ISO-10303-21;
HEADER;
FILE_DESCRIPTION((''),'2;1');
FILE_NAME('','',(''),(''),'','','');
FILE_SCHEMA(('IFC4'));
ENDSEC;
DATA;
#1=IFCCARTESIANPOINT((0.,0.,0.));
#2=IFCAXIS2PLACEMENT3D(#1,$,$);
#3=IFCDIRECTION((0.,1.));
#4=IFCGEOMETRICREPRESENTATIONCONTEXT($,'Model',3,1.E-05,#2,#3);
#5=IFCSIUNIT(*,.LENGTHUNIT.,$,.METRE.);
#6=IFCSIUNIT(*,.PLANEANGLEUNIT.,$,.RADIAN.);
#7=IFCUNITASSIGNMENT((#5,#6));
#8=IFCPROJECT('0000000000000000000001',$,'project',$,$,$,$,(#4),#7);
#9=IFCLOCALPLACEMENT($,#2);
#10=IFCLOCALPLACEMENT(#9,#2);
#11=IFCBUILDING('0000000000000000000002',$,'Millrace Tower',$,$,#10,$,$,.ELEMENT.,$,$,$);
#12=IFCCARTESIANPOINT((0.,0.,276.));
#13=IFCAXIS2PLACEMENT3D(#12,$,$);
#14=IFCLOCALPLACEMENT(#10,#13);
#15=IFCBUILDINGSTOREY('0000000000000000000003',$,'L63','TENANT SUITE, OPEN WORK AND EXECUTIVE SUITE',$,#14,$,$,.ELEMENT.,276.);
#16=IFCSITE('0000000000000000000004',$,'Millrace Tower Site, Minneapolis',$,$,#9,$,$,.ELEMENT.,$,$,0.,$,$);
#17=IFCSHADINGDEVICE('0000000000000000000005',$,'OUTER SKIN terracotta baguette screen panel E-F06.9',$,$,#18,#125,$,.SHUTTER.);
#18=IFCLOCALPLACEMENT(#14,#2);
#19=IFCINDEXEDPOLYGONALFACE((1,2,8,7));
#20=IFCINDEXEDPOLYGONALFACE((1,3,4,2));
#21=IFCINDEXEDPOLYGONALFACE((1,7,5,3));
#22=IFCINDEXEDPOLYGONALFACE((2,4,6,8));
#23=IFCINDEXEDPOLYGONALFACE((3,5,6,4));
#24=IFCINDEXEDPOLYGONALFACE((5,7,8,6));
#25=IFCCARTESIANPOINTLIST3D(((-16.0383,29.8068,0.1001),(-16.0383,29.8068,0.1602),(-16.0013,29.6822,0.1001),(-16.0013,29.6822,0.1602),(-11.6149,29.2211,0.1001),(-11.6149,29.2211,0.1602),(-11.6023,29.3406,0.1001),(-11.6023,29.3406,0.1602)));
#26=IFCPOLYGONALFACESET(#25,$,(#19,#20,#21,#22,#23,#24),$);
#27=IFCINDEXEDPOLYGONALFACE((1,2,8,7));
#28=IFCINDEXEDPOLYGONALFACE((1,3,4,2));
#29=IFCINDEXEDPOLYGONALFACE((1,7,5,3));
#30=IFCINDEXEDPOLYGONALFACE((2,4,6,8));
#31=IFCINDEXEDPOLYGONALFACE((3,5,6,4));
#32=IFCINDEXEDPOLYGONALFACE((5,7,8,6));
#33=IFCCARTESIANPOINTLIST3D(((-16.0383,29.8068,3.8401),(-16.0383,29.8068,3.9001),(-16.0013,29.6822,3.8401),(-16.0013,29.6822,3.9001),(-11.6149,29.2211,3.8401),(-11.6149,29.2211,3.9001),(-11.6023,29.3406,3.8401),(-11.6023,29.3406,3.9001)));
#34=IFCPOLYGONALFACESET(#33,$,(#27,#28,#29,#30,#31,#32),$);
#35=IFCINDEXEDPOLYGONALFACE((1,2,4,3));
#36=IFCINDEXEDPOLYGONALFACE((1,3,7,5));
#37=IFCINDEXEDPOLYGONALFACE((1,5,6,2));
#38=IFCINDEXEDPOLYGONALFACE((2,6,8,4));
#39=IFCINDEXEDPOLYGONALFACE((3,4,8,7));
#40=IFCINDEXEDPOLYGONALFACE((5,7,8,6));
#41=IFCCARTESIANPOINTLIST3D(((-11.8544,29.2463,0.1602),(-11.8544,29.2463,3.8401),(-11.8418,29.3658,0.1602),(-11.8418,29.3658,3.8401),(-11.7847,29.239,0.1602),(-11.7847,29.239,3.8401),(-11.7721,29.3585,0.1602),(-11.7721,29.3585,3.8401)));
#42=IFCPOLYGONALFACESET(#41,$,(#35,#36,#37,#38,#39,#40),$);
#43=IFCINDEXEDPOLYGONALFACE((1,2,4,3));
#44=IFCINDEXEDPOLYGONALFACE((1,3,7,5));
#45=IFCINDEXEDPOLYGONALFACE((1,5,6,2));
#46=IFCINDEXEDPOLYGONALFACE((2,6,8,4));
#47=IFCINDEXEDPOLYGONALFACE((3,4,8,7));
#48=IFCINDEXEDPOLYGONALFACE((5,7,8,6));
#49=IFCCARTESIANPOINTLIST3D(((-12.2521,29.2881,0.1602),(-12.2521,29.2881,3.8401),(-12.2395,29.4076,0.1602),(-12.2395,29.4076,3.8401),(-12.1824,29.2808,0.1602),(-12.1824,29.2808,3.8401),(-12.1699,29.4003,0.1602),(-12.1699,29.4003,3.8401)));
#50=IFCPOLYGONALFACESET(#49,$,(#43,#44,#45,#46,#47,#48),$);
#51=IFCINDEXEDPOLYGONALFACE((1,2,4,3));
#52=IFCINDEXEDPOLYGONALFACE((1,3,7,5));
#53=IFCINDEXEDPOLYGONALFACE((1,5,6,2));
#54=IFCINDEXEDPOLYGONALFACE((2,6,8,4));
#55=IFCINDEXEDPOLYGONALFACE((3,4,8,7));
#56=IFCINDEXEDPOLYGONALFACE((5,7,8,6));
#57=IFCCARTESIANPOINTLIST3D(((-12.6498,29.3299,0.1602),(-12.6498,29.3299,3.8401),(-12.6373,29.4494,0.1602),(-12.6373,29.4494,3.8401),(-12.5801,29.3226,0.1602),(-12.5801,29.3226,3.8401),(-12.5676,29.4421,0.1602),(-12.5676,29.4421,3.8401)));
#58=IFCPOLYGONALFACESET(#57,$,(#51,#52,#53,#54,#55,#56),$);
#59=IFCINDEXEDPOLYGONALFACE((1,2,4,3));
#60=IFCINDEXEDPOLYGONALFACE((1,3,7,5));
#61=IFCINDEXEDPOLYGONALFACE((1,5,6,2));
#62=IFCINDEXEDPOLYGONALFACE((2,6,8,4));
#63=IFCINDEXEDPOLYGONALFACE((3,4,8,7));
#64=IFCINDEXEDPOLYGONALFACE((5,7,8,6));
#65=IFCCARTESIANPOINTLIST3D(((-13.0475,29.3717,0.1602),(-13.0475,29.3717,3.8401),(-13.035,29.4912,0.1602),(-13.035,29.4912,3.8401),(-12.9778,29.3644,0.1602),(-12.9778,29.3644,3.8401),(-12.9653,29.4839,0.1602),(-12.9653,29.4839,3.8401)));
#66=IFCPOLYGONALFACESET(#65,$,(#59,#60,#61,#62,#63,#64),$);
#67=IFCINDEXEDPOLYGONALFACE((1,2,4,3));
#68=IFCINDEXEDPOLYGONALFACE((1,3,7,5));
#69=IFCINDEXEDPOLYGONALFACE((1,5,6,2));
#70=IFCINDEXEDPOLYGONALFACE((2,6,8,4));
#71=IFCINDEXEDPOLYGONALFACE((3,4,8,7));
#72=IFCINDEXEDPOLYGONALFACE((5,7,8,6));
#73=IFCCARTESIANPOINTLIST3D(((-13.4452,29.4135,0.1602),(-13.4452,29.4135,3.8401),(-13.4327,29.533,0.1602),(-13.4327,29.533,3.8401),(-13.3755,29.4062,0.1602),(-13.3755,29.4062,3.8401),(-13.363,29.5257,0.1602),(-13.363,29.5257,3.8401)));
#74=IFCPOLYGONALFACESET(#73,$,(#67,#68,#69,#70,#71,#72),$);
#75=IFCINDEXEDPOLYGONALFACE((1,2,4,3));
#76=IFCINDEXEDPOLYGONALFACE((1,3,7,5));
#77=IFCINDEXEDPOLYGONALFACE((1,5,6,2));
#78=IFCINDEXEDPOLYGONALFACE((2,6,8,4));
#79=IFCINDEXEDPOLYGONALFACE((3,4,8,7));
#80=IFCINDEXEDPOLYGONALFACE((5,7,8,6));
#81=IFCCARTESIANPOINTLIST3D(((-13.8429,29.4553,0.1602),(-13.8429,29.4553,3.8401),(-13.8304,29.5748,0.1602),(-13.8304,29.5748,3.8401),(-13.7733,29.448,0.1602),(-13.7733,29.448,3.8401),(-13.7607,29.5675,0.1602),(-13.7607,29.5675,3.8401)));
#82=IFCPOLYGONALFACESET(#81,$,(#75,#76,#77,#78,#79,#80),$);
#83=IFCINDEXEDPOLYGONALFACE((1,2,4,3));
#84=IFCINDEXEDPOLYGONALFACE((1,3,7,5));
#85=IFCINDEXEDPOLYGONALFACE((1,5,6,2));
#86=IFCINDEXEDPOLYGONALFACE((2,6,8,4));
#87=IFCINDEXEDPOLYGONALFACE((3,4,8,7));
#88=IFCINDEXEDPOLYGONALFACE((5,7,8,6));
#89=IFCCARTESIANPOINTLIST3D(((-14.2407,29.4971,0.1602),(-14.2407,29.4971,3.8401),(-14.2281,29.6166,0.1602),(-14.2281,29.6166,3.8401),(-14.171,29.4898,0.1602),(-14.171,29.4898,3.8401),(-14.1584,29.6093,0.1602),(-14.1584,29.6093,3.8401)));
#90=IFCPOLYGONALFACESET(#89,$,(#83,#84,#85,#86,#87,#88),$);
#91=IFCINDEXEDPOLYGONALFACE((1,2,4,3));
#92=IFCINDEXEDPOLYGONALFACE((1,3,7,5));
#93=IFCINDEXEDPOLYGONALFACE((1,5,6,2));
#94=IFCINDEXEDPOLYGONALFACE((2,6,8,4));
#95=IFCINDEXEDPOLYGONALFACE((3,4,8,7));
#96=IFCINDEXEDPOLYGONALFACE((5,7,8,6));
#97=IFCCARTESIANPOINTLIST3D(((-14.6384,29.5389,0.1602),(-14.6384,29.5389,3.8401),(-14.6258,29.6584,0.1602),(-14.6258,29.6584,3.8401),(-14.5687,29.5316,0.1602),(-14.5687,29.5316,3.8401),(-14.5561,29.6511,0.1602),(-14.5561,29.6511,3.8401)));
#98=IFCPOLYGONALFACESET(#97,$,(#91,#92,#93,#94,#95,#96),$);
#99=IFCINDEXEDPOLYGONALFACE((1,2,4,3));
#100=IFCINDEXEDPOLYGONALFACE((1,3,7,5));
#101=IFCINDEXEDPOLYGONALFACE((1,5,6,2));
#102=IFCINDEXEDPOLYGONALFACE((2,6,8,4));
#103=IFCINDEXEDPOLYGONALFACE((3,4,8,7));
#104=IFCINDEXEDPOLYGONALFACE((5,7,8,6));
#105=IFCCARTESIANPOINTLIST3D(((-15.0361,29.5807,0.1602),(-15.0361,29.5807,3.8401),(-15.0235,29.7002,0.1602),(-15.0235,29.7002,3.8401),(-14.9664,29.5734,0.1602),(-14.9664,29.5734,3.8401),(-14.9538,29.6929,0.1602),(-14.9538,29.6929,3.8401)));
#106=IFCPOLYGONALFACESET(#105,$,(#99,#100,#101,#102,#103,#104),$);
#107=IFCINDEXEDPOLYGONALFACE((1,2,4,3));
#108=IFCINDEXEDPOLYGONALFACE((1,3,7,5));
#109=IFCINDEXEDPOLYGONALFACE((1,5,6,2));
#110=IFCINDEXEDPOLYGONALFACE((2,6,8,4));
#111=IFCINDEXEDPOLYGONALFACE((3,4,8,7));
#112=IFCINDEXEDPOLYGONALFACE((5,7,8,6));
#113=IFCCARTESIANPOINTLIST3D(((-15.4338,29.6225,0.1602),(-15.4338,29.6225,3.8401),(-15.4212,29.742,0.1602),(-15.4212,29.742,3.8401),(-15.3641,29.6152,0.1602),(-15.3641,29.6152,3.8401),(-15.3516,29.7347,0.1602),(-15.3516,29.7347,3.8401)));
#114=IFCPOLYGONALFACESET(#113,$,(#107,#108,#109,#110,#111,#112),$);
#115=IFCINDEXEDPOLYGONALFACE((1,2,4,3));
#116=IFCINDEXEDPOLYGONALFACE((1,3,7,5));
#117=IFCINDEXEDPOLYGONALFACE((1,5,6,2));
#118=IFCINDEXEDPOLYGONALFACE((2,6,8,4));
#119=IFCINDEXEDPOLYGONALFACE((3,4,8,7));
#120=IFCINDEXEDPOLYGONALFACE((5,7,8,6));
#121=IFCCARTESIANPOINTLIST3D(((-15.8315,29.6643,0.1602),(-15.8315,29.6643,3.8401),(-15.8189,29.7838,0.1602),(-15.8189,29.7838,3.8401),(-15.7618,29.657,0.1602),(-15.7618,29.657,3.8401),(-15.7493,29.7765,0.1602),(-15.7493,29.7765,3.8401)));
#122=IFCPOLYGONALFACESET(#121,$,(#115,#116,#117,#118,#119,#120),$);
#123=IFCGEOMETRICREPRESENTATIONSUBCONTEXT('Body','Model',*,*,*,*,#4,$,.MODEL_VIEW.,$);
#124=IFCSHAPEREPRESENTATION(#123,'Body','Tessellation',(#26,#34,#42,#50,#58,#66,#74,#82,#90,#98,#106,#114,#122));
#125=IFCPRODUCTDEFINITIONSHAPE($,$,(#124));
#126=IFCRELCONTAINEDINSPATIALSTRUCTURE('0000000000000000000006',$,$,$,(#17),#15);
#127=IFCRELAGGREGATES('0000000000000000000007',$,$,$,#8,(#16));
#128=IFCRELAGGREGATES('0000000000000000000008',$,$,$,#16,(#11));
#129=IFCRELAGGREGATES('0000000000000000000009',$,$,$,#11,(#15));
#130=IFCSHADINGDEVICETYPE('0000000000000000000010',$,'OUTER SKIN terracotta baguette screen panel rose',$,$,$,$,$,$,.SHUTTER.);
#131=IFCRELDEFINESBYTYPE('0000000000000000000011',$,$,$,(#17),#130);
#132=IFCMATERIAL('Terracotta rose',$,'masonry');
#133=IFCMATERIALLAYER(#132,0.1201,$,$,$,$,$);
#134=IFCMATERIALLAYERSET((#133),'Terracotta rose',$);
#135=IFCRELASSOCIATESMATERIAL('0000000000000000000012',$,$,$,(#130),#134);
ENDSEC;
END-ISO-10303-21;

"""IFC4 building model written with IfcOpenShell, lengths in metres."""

from ifc_helpers import new_model, entity, si_unit, direction, frame, frame_2d, origin, place, context, subcontext, project, spatial, rectangle, extrude, source, transform, mapped, material, layer, layer_set, type_object, element, save


model = new_model("IFC4")

# Units and contexts
model_context = context("Model", 3, precision=1e-05, world=origin(), true_north=direction((0.0, 1.0)))
body_context = subcontext(model_context, "Body", "Model", "MODEL_VIEW")
ifc_project = project(units=[si_unit("LENGTHUNIT", "METRE"), si_unit("PLANEANGLEUNIT", "RADIAN")], contexts=[model_context])

# Site, building, storey
site_placement = place(None, origin())
site = spatial("IfcSite", under=ifc_project, at=site_placement, Name="Millrace Tower Site, Minneapolis", CompositionType="ELEMENT", RefElevation=0.0)
building_placement = place(site_placement, origin())
building = spatial("IfcBuilding", under=site, at=building_placement, Name="Millrace Tower", CompositionType="ELEMENT")
storey_placement = place(building_placement, frame((0.0, 0.0, 276.0)))
storey = spatial("IfcBuildingStorey", under=building, at=storey_placement, Name="L63", Description="TENANT SUITE, OPEN WORK AND EXECUTIVE SUITE", CompositionType="ELEMENT", Elevation=276.0)

# Shading device
ifc_material_1 = material(Name="Terracotta rose", Category="masonry")
ifc_layer_1 = layer(ifc_material_1, 0.1201)
ifc_layer_set_1 = layer_set([ifc_layer_1], Name="Terracotta rose")
shading_device_type = type_object("IfcShadingDeviceType", Name="OUTER SKIN terracotta baguette screen panel rose", PredefinedType="SHUTTER", material=ifc_layer_set_1)
cartesian_point_1 = entity("IfcCartesianPoint", [-2.2178, 0.0601])
shared_polyline_1 = entity("IfcPolyline", [cartesian_point_1, entity("IfcCartesianPoint", [2.1929, 0.0601]), entity("IfcCartesianPoint", [2.2427, -0.0601]), entity("IfcCartesianPoint", [-2.2178, -0.0601]), cartesian_point_1])
shared_shape_1 = source(origin(), body_context, "Body", "SweptSolid", [
    entity("IfcExtrudedAreaSolid", entity("IfcArbitraryClosedProfileDef", "AREA", None, shared_polyline_1), entity("IfcAxis2Placement3D", entity("IfcCartesianPoint", [0.0, 0.0, 0.0])), entity("IfcDirection", [0.0, 0.0, 1.0]), 0.0601),
    entity("IfcExtrudedAreaSolid", entity("IfcArbitraryClosedProfileDef", "AREA", None, shared_polyline_1), entity("IfcAxis2Placement3D", entity("IfcCartesianPoint", [0.0, 0.0, 3.74])), entity("IfcDirection", [0.0, 0.0, 1.0]), 0.0601),
    extrude(rectangle(XDim=0.0701, YDim=0.1201, at=frame_2d((-2.012, 0.0))), frame((0.0, 0.0, 0.0601)), (0.0, 0.0, 1.0), 3.6799),
    extrude(rectangle(XDim=0.0701, YDim=0.1201, at=frame_2d((-1.6121, 0.0))), frame((0.0, 0.0, 0.0601)), (0.0, 0.0, 1.0), 3.6799),
    extrude(rectangle(XDim=0.0701, YDim=0.1201, at=frame_2d((-1.2122, 0.0))), frame((0.0, 0.0, 0.0601)), (0.0, 0.0, 1.0), 3.6799),
    extrude(rectangle(XDim=0.0701, YDim=0.1201, at=frame_2d((-0.8123, 0.0))), frame((0.0, 0.0, 0.0601)), (0.0, 0.0, 1.0), 3.6799),
    extrude(rectangle(XDim=0.0701, YDim=0.1201, at=frame_2d((-0.4124, 0.0))), frame((0.0, 0.0, 0.0601)), (0.0, 0.0, 1.0), 3.6799),
    extrude(rectangle(XDim=0.0701, YDim=0.1201, at=frame_2d((-0.0125, 0.0))), frame((0.0, 0.0, 0.0601)), (0.0, 0.0, 1.0), 3.6799),
    extrude(rectangle(XDim=0.0701, YDim=0.1201, at=frame_2d((0.3875, 0.0))), frame((0.0, 0.0, 0.0601)), (0.0, 0.0, 1.0), 3.6799),
    extrude(rectangle(XDim=0.0701, YDim=0.1201, at=frame_2d((0.7874, 0.0))), frame((0.0, 0.0, 0.0601)), (0.0, 0.0, 1.0), 3.6799),
    extrude(rectangle(XDim=0.0701, YDim=0.1201, at=frame_2d((1.1873, 0.0))), frame((0.0, 0.0, 0.0601)), (0.0, 0.0, 1.0), 3.6799),
    extrude(rectangle(XDim=0.0701, YDim=0.1201, at=frame_2d((1.5872, 0.0))), frame((0.0, 0.0, 0.0601)), (0.0, 0.0, 1.0), 3.6799),
    extrude(rectangle(XDim=0.0701, YDim=0.1201, at=frame_2d((1.9871, 0.0))), frame((0.0, 0.0, 0.0601)), (0.0, 0.0, 1.0), 3.6799),
])
shading_device_placement = place(storey_placement, frame((-13.8142, 29.5127, 0.1001), z_axis=(0.0, 0.0, 1.0), x_axis=(-0.994522, 0.104528, 0.0)))
element("IfcShadingDevice", 1, at=shading_device_placement, inside=storey, type_object=shading_device_type, Name="OUTER SKIN terracotta baguette screen panel E-F06.9", PredefinedType="SHUTTER", context=body_context, shape_type="MappedRepresentation", body=[
    mapped(shared_shape_1, transform((0.0, 0.0, 0.0), scale=1.0)),
])

save(model, "model.ifc")
